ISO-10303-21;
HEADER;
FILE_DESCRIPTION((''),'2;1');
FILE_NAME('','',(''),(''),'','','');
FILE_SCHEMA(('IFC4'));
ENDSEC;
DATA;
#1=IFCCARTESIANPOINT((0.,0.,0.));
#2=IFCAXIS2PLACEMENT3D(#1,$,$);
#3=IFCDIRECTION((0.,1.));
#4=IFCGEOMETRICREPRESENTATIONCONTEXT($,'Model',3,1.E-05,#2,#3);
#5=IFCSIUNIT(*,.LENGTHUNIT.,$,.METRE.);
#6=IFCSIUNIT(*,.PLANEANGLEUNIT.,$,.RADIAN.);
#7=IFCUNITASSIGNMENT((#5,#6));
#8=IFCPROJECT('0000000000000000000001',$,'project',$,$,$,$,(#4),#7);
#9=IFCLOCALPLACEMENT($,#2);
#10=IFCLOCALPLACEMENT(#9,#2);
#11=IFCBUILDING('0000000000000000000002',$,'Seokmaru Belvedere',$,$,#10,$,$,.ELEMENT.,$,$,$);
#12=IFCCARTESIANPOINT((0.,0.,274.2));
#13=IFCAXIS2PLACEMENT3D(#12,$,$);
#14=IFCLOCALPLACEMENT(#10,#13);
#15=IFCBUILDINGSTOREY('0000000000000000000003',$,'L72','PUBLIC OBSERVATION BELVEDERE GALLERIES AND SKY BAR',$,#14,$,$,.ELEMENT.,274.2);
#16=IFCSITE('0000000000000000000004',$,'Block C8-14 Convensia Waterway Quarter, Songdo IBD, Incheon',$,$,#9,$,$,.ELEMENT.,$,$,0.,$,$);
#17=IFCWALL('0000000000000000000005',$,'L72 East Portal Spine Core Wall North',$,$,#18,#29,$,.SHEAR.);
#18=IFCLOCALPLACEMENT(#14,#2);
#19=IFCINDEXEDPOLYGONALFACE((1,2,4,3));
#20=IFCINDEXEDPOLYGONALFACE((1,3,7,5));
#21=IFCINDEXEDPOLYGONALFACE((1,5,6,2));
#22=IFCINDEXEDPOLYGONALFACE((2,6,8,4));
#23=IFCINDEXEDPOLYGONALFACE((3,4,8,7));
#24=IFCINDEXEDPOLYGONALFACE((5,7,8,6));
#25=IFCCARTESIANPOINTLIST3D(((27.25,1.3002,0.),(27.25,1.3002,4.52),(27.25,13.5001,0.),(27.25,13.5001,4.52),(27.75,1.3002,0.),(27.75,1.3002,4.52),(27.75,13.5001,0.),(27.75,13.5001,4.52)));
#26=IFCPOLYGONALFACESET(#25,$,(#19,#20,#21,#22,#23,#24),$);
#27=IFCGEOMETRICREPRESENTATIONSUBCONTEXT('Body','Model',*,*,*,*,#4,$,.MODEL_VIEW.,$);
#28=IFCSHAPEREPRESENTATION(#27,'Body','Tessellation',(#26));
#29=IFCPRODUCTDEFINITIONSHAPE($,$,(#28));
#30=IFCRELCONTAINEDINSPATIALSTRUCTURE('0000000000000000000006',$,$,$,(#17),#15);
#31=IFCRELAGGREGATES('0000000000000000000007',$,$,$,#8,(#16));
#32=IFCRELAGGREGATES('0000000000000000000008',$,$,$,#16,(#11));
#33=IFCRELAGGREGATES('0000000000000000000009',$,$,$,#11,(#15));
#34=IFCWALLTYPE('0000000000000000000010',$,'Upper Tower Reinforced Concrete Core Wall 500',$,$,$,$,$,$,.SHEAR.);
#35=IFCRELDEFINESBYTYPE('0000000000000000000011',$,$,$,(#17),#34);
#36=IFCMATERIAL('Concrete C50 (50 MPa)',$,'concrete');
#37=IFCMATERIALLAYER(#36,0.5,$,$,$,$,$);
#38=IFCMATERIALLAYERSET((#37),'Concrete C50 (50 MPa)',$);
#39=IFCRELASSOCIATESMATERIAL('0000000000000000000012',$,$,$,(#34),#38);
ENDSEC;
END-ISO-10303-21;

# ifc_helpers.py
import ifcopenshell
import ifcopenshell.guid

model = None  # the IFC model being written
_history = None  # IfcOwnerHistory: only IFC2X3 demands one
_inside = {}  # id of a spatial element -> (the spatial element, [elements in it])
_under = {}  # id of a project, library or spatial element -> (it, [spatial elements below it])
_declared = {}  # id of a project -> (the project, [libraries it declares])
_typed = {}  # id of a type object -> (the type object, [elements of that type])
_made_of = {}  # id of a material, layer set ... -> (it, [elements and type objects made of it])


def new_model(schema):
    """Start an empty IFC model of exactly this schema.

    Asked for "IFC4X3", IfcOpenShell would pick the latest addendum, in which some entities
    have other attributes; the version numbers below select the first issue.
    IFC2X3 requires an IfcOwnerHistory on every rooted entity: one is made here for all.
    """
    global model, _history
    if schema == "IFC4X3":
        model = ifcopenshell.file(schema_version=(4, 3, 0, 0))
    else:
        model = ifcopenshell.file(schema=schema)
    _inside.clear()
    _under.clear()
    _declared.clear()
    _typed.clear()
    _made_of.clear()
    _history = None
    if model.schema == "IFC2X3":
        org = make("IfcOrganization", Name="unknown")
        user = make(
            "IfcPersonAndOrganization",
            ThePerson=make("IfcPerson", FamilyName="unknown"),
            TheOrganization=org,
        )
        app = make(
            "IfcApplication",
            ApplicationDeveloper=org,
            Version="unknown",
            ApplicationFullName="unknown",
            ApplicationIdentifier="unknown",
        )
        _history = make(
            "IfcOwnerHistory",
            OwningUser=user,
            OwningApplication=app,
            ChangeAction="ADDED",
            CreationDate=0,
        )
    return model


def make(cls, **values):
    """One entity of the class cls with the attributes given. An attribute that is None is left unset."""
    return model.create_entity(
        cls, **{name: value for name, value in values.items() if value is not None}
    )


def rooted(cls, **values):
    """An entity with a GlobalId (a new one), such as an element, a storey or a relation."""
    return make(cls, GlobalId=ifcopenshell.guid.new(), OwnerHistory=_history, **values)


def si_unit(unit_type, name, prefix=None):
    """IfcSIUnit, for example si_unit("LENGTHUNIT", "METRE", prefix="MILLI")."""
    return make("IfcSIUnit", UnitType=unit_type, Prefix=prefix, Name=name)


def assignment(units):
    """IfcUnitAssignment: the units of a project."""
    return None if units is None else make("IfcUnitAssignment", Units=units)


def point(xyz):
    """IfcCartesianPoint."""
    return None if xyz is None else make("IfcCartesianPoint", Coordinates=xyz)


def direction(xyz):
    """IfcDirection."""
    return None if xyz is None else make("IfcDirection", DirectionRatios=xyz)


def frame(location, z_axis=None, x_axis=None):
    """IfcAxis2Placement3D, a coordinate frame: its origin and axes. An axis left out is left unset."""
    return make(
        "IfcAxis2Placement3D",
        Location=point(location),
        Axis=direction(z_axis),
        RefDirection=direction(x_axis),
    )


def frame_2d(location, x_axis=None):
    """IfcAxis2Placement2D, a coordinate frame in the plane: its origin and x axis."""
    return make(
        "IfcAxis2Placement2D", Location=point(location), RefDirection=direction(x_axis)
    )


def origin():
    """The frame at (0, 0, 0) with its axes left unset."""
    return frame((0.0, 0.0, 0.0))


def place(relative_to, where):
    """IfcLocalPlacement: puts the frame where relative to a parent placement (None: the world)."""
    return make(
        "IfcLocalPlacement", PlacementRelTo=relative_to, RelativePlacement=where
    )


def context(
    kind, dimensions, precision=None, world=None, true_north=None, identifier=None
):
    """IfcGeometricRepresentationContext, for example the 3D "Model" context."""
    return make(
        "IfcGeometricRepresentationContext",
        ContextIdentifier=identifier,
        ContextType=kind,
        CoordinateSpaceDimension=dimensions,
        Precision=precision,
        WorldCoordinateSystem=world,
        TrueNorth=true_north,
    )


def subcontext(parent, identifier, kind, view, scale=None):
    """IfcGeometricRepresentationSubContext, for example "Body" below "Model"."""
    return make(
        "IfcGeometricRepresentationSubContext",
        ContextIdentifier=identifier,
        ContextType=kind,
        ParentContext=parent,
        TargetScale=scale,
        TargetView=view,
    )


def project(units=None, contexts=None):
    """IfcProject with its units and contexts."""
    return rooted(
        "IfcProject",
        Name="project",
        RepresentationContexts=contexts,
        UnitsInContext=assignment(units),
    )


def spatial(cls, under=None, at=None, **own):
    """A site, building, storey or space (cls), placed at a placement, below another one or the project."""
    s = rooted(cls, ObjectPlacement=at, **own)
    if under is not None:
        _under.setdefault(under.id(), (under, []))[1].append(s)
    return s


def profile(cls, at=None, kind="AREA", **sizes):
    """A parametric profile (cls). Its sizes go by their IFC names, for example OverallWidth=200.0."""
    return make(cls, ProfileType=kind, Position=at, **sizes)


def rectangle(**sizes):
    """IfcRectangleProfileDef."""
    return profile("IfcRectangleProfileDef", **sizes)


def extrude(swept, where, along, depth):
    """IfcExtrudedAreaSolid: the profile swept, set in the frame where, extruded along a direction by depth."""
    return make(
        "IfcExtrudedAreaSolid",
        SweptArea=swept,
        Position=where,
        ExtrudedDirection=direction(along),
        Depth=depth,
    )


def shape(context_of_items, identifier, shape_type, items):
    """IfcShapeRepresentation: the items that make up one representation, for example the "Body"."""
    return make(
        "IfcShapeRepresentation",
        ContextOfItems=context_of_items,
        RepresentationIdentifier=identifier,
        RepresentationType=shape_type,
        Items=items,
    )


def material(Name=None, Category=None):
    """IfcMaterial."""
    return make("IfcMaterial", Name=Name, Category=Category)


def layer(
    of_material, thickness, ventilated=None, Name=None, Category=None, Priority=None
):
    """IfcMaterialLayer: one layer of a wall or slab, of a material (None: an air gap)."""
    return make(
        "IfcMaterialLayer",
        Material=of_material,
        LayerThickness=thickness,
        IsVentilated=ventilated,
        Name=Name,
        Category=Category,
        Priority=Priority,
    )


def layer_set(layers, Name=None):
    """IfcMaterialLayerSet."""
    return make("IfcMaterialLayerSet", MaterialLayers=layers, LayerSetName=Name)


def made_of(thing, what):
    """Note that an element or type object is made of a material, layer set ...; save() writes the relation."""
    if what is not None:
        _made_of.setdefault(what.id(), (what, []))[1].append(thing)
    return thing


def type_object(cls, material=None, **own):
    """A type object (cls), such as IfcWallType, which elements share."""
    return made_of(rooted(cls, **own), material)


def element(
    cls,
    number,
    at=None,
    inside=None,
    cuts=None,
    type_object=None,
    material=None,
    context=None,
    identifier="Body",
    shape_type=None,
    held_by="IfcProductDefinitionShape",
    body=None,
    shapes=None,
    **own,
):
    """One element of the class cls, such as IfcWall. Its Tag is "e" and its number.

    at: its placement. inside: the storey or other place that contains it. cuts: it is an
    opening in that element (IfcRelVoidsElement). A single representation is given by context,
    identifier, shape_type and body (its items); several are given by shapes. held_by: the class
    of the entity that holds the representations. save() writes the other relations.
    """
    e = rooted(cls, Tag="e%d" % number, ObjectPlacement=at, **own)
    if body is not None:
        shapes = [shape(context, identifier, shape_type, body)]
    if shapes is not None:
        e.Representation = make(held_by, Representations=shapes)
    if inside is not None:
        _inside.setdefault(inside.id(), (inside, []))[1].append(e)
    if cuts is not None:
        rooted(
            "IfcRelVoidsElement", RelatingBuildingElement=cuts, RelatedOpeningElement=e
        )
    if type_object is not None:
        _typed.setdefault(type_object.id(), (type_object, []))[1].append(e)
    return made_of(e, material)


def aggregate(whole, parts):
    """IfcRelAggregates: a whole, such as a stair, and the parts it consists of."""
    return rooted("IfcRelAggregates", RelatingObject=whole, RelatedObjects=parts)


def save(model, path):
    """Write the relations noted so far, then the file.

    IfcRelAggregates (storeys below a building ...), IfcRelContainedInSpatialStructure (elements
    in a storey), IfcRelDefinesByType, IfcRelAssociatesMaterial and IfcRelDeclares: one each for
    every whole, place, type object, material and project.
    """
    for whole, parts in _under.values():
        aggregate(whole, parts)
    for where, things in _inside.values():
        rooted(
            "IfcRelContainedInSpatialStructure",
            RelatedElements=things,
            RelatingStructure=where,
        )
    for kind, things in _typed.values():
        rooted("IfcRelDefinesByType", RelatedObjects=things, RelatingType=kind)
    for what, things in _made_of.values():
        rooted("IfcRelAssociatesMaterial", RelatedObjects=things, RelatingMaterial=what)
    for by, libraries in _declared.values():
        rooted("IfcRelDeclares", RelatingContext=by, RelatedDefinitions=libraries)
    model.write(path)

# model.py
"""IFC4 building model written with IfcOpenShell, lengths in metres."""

from ifc_helpers import new_model, si_unit, direction, frame, frame_2d, origin, place, context, subcontext, project, spatial, rectangle, extrude, material, layer, layer_set, type_object, element, save


model = new_model("IFC4")

# Units and contexts
model_context = context("Model", 3, precision=1e-05, world=origin(), true_north=direction((0.0, 1.0)))
body_context = subcontext(model_context, "Body", "Model", "MODEL_VIEW")
ifc_project = project(units=[si_unit("LENGTHUNIT", "METRE"), si_unit("PLANEANGLEUNIT", "RADIAN")], contexts=[model_context])

# Site, building, storey
site_placement = place(None, origin())
site = spatial("IfcSite", under=ifc_project, at=site_placement, Name="Block C8-14 Convensia Waterway Quarter, Songdo IBD, Incheon", CompositionType="ELEMENT", RefElevation=0.0)
building_placement = place(site_placement, origin())
building = spatial("IfcBuilding", under=site, at=building_placement, Name="Seokmaru Belvedere", CompositionType="ELEMENT")
storey_placement = place(building_placement, frame((0.0, 0.0, 274.2)))
storey = spatial("IfcBuildingStorey", under=building, at=storey_placement, Name="L72", Description="PUBLIC OBSERVATION BELVEDERE GALLERIES AND SKY BAR", CompositionType="ELEMENT", Elevation=274.2)

# Shared definitions
ifc_material_1 = material(Name="Concrete C50 (50 MPa)", Category="concrete")

# Wall
ifc_layer_1 = layer(ifc_material_1, 0.5)
ifc_layer_set_1 = layer_set([ifc_layer_1], Name="Concrete C50 (50 MPa)")
wall_type_1 = type_object("IfcWallType", Name="Upper Tower Reinforced Concrete Core Wall 500", PredefinedType="SHEAR", material=ifc_layer_set_1)
wall_1_placement = place(storey_placement, frame((27.5, 1.3, 0.0), z_axis=(0.0, 0.0, 1.0), x_axis=(0.0, 1.0, 0.0)))
element("IfcWall", 1, at=wall_1_placement, inside=storey, type_object=wall_type_1, Name="L72 East Portal Spine Core Wall North", PredefinedType="SHEAR", context=body_context, shape_type="SweptSolid", body=[
    extrude(rectangle(XDim=12.2, YDim=0.5, at=frame_2d((6.1001, 0.0))), origin(), (0.0, 0.0, 1.0), 4.52),
])

save(model, "model.ifc")
